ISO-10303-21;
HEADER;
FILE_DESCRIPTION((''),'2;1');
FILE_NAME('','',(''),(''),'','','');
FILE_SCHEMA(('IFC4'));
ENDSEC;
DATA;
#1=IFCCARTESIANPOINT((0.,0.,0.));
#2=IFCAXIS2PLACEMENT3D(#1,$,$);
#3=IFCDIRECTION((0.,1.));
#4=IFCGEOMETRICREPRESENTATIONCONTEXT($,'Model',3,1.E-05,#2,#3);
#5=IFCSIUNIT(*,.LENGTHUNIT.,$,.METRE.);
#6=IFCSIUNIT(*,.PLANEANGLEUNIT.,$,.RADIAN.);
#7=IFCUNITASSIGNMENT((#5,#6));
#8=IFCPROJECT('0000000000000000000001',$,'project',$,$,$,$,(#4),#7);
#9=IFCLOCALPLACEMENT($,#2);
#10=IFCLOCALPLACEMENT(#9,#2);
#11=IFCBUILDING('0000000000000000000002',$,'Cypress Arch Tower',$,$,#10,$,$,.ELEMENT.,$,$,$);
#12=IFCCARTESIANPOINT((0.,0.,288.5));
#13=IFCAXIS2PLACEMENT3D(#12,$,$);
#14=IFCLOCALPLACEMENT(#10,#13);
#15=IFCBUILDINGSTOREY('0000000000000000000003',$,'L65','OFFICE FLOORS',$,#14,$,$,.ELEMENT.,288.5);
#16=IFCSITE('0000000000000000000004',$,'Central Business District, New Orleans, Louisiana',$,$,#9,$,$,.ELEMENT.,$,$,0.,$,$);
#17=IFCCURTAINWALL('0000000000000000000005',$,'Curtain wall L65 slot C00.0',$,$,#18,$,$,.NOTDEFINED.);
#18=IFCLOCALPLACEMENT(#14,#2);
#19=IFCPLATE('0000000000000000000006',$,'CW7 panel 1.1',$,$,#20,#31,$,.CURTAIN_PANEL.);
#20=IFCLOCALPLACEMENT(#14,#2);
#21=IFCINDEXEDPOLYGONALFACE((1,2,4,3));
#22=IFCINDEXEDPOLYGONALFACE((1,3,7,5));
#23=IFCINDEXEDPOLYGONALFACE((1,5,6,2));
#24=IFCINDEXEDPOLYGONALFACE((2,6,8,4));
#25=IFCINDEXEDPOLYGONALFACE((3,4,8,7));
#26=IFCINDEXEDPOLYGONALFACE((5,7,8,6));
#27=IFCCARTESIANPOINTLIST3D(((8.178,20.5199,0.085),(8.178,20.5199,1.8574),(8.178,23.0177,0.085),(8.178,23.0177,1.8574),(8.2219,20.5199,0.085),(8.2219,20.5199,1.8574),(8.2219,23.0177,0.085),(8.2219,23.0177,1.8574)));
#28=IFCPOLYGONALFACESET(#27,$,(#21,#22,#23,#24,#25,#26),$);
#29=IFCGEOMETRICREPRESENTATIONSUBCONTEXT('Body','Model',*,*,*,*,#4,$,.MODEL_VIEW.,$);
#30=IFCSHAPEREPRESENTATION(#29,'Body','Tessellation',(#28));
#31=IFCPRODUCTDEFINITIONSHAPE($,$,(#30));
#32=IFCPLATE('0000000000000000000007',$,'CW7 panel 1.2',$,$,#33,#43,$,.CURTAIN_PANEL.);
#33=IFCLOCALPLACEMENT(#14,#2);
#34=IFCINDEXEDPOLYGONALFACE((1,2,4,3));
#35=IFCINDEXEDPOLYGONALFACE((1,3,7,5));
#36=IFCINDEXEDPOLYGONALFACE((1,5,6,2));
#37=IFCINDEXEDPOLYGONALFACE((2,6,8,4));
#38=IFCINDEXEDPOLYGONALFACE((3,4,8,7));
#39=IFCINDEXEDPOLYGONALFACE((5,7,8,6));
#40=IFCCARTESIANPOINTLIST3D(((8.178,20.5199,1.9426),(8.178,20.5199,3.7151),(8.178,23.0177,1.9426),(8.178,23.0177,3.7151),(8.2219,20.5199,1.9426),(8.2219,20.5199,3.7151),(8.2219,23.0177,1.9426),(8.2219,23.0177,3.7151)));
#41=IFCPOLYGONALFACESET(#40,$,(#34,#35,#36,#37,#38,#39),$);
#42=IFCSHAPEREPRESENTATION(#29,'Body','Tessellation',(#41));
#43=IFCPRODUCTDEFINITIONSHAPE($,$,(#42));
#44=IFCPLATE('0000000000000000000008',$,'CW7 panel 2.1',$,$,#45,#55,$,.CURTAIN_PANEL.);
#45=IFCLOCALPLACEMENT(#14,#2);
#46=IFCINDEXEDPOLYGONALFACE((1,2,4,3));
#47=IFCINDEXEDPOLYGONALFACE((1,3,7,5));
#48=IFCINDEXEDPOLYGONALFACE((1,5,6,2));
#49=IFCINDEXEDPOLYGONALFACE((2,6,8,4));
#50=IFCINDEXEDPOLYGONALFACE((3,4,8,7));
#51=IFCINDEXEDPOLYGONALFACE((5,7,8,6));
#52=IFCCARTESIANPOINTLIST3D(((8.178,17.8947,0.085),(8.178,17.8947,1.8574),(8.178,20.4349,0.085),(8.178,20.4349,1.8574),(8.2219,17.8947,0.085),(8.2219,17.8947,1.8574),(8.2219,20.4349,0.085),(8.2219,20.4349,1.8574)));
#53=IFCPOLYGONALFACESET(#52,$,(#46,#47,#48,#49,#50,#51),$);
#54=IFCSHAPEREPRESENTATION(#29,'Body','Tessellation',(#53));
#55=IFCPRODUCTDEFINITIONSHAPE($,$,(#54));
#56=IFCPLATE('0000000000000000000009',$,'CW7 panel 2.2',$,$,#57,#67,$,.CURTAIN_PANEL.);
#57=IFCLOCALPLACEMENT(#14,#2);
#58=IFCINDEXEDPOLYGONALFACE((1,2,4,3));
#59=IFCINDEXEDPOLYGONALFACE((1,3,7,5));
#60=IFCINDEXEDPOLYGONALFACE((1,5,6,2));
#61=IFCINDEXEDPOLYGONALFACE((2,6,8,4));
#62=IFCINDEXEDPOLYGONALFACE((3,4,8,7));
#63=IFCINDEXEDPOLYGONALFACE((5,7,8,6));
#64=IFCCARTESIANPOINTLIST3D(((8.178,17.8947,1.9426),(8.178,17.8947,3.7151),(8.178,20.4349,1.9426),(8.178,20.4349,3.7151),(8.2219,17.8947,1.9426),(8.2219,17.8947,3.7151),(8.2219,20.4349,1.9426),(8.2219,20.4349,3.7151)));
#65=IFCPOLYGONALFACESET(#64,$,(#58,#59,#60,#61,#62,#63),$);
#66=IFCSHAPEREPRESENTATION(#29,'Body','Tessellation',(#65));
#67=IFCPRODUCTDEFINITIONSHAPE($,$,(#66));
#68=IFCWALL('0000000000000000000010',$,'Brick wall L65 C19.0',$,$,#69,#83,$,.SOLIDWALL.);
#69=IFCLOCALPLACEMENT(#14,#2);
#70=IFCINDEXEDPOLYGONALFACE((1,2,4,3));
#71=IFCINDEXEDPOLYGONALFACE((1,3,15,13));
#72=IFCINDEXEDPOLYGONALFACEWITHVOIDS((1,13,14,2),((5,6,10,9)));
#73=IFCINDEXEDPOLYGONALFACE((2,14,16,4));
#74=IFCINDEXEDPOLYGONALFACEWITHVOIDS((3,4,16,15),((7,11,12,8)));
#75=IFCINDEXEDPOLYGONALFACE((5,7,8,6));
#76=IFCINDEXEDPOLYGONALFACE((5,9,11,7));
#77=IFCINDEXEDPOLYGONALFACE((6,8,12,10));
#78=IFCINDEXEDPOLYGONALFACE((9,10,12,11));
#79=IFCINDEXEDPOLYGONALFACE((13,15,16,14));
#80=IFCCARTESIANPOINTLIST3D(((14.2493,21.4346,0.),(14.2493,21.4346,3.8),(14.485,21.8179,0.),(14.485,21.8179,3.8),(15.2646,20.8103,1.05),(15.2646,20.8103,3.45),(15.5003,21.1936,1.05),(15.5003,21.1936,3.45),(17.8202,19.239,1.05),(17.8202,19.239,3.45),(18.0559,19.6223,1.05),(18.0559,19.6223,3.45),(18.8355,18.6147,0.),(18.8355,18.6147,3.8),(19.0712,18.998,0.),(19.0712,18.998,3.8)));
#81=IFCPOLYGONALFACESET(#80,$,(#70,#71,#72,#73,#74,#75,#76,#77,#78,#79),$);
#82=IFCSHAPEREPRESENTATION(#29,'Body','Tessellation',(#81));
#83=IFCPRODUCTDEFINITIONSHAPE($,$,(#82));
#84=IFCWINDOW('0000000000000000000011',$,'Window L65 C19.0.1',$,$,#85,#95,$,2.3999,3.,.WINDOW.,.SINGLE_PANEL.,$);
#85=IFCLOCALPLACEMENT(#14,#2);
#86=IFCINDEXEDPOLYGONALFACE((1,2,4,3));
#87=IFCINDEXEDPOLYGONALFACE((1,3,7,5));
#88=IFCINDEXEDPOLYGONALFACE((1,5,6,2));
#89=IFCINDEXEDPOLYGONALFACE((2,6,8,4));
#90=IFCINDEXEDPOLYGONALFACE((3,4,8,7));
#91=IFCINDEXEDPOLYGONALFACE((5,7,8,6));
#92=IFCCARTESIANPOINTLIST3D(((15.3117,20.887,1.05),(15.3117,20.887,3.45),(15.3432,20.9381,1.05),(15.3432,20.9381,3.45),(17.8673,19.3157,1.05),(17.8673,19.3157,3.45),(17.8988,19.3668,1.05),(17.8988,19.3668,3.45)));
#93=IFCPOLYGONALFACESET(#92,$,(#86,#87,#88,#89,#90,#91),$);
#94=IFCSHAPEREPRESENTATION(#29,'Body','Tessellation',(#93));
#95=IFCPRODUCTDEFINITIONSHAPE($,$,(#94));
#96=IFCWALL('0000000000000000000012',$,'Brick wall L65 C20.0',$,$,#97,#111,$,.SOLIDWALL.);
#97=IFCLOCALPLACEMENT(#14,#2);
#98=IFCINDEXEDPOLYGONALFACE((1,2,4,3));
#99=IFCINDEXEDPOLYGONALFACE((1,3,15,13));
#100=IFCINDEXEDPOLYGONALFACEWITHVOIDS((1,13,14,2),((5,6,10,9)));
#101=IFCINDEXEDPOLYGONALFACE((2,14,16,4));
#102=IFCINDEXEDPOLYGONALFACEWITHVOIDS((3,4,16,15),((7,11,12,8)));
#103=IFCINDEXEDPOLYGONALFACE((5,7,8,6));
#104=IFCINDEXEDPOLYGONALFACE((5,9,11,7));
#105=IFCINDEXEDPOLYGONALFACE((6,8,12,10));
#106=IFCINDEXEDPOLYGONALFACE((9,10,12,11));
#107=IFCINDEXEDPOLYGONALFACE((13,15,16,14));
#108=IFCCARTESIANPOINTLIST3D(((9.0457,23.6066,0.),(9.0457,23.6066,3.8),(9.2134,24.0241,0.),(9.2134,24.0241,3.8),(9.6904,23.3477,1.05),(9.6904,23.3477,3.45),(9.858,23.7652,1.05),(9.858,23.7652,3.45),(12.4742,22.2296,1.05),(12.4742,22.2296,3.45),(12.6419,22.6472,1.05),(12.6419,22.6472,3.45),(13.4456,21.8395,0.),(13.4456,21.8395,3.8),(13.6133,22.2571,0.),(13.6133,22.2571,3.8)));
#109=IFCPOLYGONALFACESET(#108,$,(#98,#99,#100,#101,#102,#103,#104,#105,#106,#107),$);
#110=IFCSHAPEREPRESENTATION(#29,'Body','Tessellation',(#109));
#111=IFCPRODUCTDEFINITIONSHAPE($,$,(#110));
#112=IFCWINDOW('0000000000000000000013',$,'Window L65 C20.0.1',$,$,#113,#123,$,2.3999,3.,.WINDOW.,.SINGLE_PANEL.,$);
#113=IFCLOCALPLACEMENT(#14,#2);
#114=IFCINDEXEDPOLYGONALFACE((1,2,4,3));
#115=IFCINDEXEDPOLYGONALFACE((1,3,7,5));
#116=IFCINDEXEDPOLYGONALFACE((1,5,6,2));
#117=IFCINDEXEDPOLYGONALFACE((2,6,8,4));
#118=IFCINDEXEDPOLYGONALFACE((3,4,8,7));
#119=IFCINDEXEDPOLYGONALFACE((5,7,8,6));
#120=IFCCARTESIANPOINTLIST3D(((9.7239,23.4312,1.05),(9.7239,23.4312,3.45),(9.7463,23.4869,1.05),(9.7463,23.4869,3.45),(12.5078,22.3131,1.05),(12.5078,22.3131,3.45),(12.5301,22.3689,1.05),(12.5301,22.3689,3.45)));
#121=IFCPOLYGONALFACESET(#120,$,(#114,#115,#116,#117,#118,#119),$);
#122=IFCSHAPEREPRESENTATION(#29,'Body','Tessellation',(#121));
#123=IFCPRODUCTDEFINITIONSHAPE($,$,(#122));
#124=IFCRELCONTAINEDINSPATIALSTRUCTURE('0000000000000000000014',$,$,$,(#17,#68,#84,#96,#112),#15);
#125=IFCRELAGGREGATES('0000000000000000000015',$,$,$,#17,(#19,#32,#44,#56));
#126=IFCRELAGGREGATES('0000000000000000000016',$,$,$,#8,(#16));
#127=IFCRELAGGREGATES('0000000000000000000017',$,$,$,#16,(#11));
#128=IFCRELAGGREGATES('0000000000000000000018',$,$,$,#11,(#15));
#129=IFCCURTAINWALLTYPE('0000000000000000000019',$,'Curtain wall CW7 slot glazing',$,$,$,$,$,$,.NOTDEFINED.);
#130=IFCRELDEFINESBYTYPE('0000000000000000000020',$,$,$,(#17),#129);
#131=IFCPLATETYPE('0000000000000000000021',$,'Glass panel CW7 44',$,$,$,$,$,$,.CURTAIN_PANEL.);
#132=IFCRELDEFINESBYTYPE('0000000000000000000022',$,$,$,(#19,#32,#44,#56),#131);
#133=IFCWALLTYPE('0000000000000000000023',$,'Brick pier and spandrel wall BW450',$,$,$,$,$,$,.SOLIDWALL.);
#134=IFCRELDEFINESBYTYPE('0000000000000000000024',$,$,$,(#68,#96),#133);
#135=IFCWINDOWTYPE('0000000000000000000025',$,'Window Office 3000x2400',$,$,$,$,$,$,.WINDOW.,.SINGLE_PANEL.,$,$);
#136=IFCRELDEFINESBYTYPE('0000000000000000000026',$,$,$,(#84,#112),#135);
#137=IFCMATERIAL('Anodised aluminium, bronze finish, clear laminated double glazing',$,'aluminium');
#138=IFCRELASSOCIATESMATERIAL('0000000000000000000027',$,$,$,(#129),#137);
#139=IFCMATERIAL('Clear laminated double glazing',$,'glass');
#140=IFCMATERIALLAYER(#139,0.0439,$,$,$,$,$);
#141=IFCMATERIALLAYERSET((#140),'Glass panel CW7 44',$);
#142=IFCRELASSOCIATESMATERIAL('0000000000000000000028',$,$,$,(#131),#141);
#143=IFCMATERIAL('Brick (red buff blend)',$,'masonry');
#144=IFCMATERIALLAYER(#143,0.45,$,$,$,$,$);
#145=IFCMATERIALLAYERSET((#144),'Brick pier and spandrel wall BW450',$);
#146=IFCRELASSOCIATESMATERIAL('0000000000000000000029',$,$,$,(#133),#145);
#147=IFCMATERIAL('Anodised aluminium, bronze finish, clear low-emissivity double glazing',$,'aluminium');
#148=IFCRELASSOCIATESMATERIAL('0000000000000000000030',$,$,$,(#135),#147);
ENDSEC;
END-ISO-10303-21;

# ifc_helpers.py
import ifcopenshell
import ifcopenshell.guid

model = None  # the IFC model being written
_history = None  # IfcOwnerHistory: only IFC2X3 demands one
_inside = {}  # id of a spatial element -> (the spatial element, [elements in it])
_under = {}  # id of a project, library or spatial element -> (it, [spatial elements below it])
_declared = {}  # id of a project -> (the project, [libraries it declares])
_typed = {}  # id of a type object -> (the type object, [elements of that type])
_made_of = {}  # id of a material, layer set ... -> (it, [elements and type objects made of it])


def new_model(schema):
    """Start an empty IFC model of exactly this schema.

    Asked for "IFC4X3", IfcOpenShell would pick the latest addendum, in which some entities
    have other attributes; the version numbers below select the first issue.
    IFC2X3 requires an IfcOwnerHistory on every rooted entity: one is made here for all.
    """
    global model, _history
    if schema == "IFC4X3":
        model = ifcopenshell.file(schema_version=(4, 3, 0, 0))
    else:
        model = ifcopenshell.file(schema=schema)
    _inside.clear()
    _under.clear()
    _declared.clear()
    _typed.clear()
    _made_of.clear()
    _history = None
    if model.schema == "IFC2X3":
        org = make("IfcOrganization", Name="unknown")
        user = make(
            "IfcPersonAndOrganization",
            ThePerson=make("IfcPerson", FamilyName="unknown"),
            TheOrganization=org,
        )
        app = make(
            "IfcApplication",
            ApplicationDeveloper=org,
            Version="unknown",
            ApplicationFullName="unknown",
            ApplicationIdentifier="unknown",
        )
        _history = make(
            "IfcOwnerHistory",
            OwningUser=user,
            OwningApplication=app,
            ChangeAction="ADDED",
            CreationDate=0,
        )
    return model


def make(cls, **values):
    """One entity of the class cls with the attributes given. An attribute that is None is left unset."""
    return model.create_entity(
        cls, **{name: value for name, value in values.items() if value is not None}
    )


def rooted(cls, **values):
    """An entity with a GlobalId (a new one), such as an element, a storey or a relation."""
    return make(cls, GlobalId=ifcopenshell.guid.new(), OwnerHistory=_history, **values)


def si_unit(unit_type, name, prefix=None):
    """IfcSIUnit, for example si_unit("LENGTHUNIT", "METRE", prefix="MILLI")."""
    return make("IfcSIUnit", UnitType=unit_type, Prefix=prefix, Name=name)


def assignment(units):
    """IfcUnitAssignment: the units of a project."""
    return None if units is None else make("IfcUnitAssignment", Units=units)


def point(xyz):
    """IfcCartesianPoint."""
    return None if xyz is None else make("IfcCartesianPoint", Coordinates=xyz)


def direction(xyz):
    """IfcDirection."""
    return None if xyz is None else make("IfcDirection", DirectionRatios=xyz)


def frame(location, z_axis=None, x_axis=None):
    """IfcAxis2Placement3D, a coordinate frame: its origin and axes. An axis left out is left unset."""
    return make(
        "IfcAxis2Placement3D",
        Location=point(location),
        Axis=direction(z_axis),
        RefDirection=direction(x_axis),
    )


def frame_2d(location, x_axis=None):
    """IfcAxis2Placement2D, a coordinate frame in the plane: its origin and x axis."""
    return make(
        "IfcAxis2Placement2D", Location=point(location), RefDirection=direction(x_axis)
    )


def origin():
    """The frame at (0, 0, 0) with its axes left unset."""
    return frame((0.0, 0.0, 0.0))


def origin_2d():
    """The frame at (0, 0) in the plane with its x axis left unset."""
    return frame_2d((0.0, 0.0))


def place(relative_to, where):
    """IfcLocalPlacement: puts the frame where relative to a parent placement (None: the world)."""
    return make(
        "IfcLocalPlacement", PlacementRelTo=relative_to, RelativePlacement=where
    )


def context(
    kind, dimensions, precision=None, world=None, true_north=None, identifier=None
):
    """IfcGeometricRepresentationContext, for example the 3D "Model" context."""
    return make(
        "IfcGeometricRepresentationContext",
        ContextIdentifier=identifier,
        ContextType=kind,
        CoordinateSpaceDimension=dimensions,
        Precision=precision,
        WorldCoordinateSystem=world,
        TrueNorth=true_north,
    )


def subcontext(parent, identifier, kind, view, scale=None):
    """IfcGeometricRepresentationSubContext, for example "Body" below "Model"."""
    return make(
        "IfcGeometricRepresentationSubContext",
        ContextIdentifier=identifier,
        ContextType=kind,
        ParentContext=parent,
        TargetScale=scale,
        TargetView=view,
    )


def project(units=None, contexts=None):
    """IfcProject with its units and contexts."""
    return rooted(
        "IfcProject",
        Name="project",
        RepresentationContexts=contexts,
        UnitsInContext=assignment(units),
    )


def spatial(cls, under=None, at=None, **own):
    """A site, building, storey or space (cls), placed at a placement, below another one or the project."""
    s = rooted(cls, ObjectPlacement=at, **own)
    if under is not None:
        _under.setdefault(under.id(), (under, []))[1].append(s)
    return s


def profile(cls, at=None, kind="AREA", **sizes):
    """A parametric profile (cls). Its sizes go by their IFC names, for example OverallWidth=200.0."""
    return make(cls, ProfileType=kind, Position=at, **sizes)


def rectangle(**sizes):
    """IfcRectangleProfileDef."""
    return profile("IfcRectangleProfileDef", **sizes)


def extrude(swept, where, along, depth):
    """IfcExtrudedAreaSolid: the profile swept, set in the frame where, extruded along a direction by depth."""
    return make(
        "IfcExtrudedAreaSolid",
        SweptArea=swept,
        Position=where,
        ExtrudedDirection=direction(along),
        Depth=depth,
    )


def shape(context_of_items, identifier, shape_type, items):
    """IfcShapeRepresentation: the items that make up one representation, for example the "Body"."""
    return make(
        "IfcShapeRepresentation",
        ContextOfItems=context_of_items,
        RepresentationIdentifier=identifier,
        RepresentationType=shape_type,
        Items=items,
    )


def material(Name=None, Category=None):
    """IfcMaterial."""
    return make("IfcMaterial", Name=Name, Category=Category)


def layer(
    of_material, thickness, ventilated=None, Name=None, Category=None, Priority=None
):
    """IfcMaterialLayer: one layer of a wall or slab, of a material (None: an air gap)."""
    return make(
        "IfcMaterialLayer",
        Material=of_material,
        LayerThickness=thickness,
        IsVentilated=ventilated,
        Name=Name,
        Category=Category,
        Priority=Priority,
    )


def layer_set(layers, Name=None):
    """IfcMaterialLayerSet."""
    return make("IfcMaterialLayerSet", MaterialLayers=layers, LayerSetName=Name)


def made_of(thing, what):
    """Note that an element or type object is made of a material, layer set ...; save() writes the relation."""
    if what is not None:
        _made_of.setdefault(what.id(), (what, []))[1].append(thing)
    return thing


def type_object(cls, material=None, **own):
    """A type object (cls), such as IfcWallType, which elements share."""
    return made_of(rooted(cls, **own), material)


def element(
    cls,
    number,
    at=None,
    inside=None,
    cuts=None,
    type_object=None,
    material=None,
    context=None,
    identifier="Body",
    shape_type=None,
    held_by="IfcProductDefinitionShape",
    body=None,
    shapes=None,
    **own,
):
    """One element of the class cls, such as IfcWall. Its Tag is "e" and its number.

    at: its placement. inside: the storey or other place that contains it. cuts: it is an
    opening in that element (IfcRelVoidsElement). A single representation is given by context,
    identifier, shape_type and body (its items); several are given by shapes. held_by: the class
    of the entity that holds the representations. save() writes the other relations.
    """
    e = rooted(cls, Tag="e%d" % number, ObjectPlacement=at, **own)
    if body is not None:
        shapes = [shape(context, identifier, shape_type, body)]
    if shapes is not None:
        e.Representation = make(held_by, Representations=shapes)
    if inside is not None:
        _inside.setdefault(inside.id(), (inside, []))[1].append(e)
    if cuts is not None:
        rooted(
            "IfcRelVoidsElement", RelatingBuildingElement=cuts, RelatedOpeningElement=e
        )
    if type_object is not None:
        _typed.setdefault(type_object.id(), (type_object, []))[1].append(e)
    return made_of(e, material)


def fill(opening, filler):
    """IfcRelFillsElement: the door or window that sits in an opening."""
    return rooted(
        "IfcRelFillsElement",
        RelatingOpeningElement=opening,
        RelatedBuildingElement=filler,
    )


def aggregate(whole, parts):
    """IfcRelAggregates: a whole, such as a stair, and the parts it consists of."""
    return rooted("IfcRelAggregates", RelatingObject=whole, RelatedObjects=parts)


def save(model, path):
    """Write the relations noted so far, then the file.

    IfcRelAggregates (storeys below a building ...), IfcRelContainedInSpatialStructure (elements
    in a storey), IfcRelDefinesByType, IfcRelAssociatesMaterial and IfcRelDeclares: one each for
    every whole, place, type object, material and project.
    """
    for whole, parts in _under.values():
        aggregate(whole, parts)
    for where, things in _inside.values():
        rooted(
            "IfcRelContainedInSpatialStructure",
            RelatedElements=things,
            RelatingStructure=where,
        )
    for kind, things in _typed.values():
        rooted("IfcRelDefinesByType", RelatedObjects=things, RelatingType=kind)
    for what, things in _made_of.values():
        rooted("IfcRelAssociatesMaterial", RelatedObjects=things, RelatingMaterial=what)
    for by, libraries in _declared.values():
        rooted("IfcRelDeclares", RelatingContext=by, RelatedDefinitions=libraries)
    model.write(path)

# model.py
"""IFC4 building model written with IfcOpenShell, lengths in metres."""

from ifc_helpers import new_model, si_unit, direction, frame, frame_2d, origin, origin_2d, place, context, subcontext, project, spatial, rectangle, extrude, material, layer, layer_set, type_object, element, fill, aggregate, save


model = new_model("IFC4")

# Units and contexts
model_context = context("Model", 3, precision=1e-05, world=origin(), true_north=direction((0.0, 1.0)))
body_context = subcontext(model_context, "Body", "Model", "MODEL_VIEW")
ifc_project = project(units=[si_unit("LENGTHUNIT", "METRE"), si_unit("PLANEANGLEUNIT", "RADIAN")], contexts=[model_context])

# Site, building, storey
site_placement = place(None, origin())
site = spatial("IfcSite", under=ifc_project, at=site_placement, Name="Central Business District, New Orleans, Louisiana", CompositionType="ELEMENT", RefElevation=0.0)
building_placement = place(site_placement, origin())
building = spatial("IfcBuilding", under=site, at=building_placement, Name="Cypress Arch Tower", CompositionType="ELEMENT")
storey_placement = place(building_placement, frame((0.0, 0.0, 288.5)))
storey = spatial("IfcBuildingStorey", under=building, at=storey_placement, Name="L65", Description="OFFICE FLOORS", CompositionType="ELEMENT", Elevation=288.5)

# Curtain wall
ifc_material_1 = material(Name="Anodised aluminium, bronze finish, clear laminated double glazing", Category="aluminium")
curtain_wall_type = type_object("IfcCurtainWallType", Name="Curtain wall CW7 slot glazing", PredefinedType="NOTDEFINED", material=ifc_material_1)
curtain_wall_placement = place(storey_placement, origin())
curtain_wall = element("IfcCurtainWall", 1, at=curtain_wall_placement, inside=storey, type_object=curtain_wall_type, Name="Curtain wall L65 slot C00.0", PredefinedType="NOTDEFINED")

# Plates
ifc_material_2 = material(Name="Clear laminated double glazing", Category="glass")
ifc_layer_1 = layer(ifc_material_2, 0.0439)
ifc_layer_set_1 = layer_set([ifc_layer_1], Name="Glass panel CW7 44")
plate_type = type_object("IfcPlateType", Name="Glass panel CW7 44", PredefinedType="CURTAIN_PANEL", material=ifc_layer_set_1)
plate_1_placement = place(storey_placement, frame((8.2, 21.7688, 0.085), z_axis=(0.0, 0.0, 1.0), x_axis=(0.0, -1.0, 0.0)))
plate_1 = element("IfcPlate", 2, at=plate_1_placement, type_object=plate_type, Name="CW7 panel 1.1", PredefinedType="CURTAIN_PANEL", context=body_context, shape_type="SweptSolid", body=[
    extrude(rectangle(XDim=2.4978, YDim=0.0439, at=origin_2d()), origin(), (0.0, 0.0, 1.0), 1.7725),
])
plate_2_placement = place(storey_placement, frame((8.2, 21.7688, 1.9426), z_axis=(0.0, 0.0, 1.0), x_axis=(0.0, -1.0, 0.0)))
plate_2 = element("IfcPlate", 3, at=plate_2_placement, type_object=plate_type, Name="CW7 panel 1.2", PredefinedType="CURTAIN_PANEL", context=body_context, shape_type="SweptSolid", body=[
    extrude(rectangle(XDim=2.4978, YDim=0.0439, at=origin_2d()), origin(), (0.0, 0.0, 1.0), 1.7725),
])
plate_3_placement = place(storey_placement, frame((8.2, 19.1648, 0.085), z_axis=(0.0, 0.0, 1.0), x_axis=(0.0, -1.0, 0.0)))
plate_3 = element("IfcPlate", 4, at=plate_3_placement, type_object=plate_type, Name="CW7 panel 2.1", PredefinedType="CURTAIN_PANEL", context=body_context, shape_type="SweptSolid", body=[
    extrude(rectangle(XDim=2.5403, YDim=0.0439, at=origin_2d()), origin(), (0.0, 0.0, 1.0), 1.7725),
])
plate_4_placement = place(storey_placement, frame((8.2, 19.1648, 1.9426), z_axis=(0.0, 0.0, 1.0), x_axis=(0.0, -1.0, 0.0)))
plate_4 = element("IfcPlate", 5, at=plate_4_placement, type_object=plate_type, Name="CW7 panel 2.2", PredefinedType="CURTAIN_PANEL", context=body_context, shape_type="SweptSolid", body=[
    extrude(rectangle(XDim=2.5403, YDim=0.0439, at=origin_2d()), origin(), (0.0, 0.0, 1.0), 1.7725),
])
aggregate(curtain_wall, [plate_1, plate_2, plate_3, plate_4])

# Walls, openings, windows
ifc_material_3 = material(Name="Brick (red buff blend)", Category="masonry")
ifc_layer_2 = layer(ifc_material_3, 0.45)
ifc_layer_set_2 = layer_set([ifc_layer_2], Name="Brick pier and spandrel wall BW450")
wall_type = type_object("IfcWallType", Name="Brick pier and spandrel wall BW450", PredefinedType="SOLIDWALL", material=ifc_layer_set_2)
wall_1_placement = place(storey_placement, frame((18.9534, 18.8064, 0.0), z_axis=(0.0, 0.0, 1.0), x_axis=(-0.851861, 0.523768, 0.0)))
wall_1 = element("IfcWall", 6, at=wall_1_placement, inside=storey, type_object=wall_type, Name="Brick wall L65 C19.0", PredefinedType="SOLIDWALL", context=body_context, shape_type="SweptSolid", body=[
    extrude(rectangle(XDim=5.3838, YDim=0.45, at=frame_2d((2.6919, 0.0))), origin(), (0.0, 0.0, 1.0), 3.8),
])
opening_1_placement = place(wall_1_placement, frame((1.1919, 0.0, 1.05)))
opening_1 = element("IfcOpeningElement", 7, at=opening_1_placement, cuts=wall_1, PredefinedType="OPENING", context=body_context, shape_type="SweptSolid", body=[
    extrude(rectangle(XDim=3.0, YDim=2.3999, at=frame_2d((1.5, 1.2))), frame((0.0, 0.2349, 0.0), z_axis=(0.0, -1.0, 0.0), x_axis=(1.0, 0.0, 0.0)), (0.0, 0.0, 1.0), 0.47),
])
ifc_material_4 = material(Name="Anodised aluminium, bronze finish, clear low-emissivity double glazing", Category="aluminium")
window_type = type_object("IfcWindowType", Name="Window Office 3000x2400", PartitioningType="SINGLE_PANEL", PredefinedType="WINDOW", material=ifc_material_4)
window_1_placement = place(opening_1_placement, origin())
window_1 = element("IfcWindow", 8, at=window_1_placement, inside=storey, type_object=window_type, Name="Window L65 C19.0.1", OverallHeight=2.3999, OverallWidth=3.0, PartitioningType="SINGLE_PANEL", PredefinedType="WINDOW", context=body_context, shape_type="SweptSolid", body=[
    extrude(rectangle(XDim=3.0, YDim=2.3999, at=frame_2d((1.5, 1.2))), frame((0.0, 0.135, 0.0), z_axis=(0.0, -1.0, 0.0), x_axis=(1.0, 0.0, 0.0)), (0.0, 0.0, 1.0), 0.0601),
])
fill(opening_1, window_1)
wall_2_placement = place(storey_placement, frame((13.5293, 22.0483, 0.0), z_axis=(0.0, 0.0, 1.0), x_axis=(-0.927957, 0.372686, 0.0)))
wall_2 = element("IfcWall", 9, at=wall_2_placement, inside=storey, type_object=wall_type, Name="Brick wall L65 C20.0", PredefinedType="SOLIDWALL", context=body_context, shape_type="SweptSolid", body=[
    extrude(rectangle(XDim=4.7415, YDim=0.45, at=frame_2d((2.3706, 0.0))), origin(), (0.0, 0.0, 1.0), 3.8),
])
opening_2_placement = place(wall_2_placement, frame((1.0466, 0.0, 1.05)))
opening_2 = element("IfcOpeningElement", 10, at=opening_2_placement, cuts=wall_2, PredefinedType="OPENING", context=body_context, shape_type="SweptSolid", body=[
    extrude(rectangle(XDim=3.0, YDim=2.3999, at=frame_2d((1.5, 1.2))), frame((0.0, 0.2349, 0.0), z_axis=(0.0, -1.0, 0.0), x_axis=(1.0, 0.0, 0.0)), (0.0, 0.0, 1.0), 0.47),
])
window_2_placement = place(opening_2_placement, origin())
window_2 = element("IfcWindow", 11, at=window_2_placement, inside=storey, type_object=window_type, Name="Window L65 C20.0.1", OverallHeight=2.3999, OverallWidth=3.0, PartitioningType="SINGLE_PANEL", PredefinedType="WINDOW", context=body_context, shape_type="SweptSolid", body=[
    extrude(rectangle(XDim=3.0, YDim=2.3999, at=frame_2d((1.5, 1.2))), frame((0.0, 0.135, 0.0), z_axis=(0.0, -1.0, 0.0), x_axis=(1.0, 0.0, 0.0)), (0.0, 0.0, 1.0), 0.0601),
])
fill(opening_2, window_2)

save(model, "model.ifc")
